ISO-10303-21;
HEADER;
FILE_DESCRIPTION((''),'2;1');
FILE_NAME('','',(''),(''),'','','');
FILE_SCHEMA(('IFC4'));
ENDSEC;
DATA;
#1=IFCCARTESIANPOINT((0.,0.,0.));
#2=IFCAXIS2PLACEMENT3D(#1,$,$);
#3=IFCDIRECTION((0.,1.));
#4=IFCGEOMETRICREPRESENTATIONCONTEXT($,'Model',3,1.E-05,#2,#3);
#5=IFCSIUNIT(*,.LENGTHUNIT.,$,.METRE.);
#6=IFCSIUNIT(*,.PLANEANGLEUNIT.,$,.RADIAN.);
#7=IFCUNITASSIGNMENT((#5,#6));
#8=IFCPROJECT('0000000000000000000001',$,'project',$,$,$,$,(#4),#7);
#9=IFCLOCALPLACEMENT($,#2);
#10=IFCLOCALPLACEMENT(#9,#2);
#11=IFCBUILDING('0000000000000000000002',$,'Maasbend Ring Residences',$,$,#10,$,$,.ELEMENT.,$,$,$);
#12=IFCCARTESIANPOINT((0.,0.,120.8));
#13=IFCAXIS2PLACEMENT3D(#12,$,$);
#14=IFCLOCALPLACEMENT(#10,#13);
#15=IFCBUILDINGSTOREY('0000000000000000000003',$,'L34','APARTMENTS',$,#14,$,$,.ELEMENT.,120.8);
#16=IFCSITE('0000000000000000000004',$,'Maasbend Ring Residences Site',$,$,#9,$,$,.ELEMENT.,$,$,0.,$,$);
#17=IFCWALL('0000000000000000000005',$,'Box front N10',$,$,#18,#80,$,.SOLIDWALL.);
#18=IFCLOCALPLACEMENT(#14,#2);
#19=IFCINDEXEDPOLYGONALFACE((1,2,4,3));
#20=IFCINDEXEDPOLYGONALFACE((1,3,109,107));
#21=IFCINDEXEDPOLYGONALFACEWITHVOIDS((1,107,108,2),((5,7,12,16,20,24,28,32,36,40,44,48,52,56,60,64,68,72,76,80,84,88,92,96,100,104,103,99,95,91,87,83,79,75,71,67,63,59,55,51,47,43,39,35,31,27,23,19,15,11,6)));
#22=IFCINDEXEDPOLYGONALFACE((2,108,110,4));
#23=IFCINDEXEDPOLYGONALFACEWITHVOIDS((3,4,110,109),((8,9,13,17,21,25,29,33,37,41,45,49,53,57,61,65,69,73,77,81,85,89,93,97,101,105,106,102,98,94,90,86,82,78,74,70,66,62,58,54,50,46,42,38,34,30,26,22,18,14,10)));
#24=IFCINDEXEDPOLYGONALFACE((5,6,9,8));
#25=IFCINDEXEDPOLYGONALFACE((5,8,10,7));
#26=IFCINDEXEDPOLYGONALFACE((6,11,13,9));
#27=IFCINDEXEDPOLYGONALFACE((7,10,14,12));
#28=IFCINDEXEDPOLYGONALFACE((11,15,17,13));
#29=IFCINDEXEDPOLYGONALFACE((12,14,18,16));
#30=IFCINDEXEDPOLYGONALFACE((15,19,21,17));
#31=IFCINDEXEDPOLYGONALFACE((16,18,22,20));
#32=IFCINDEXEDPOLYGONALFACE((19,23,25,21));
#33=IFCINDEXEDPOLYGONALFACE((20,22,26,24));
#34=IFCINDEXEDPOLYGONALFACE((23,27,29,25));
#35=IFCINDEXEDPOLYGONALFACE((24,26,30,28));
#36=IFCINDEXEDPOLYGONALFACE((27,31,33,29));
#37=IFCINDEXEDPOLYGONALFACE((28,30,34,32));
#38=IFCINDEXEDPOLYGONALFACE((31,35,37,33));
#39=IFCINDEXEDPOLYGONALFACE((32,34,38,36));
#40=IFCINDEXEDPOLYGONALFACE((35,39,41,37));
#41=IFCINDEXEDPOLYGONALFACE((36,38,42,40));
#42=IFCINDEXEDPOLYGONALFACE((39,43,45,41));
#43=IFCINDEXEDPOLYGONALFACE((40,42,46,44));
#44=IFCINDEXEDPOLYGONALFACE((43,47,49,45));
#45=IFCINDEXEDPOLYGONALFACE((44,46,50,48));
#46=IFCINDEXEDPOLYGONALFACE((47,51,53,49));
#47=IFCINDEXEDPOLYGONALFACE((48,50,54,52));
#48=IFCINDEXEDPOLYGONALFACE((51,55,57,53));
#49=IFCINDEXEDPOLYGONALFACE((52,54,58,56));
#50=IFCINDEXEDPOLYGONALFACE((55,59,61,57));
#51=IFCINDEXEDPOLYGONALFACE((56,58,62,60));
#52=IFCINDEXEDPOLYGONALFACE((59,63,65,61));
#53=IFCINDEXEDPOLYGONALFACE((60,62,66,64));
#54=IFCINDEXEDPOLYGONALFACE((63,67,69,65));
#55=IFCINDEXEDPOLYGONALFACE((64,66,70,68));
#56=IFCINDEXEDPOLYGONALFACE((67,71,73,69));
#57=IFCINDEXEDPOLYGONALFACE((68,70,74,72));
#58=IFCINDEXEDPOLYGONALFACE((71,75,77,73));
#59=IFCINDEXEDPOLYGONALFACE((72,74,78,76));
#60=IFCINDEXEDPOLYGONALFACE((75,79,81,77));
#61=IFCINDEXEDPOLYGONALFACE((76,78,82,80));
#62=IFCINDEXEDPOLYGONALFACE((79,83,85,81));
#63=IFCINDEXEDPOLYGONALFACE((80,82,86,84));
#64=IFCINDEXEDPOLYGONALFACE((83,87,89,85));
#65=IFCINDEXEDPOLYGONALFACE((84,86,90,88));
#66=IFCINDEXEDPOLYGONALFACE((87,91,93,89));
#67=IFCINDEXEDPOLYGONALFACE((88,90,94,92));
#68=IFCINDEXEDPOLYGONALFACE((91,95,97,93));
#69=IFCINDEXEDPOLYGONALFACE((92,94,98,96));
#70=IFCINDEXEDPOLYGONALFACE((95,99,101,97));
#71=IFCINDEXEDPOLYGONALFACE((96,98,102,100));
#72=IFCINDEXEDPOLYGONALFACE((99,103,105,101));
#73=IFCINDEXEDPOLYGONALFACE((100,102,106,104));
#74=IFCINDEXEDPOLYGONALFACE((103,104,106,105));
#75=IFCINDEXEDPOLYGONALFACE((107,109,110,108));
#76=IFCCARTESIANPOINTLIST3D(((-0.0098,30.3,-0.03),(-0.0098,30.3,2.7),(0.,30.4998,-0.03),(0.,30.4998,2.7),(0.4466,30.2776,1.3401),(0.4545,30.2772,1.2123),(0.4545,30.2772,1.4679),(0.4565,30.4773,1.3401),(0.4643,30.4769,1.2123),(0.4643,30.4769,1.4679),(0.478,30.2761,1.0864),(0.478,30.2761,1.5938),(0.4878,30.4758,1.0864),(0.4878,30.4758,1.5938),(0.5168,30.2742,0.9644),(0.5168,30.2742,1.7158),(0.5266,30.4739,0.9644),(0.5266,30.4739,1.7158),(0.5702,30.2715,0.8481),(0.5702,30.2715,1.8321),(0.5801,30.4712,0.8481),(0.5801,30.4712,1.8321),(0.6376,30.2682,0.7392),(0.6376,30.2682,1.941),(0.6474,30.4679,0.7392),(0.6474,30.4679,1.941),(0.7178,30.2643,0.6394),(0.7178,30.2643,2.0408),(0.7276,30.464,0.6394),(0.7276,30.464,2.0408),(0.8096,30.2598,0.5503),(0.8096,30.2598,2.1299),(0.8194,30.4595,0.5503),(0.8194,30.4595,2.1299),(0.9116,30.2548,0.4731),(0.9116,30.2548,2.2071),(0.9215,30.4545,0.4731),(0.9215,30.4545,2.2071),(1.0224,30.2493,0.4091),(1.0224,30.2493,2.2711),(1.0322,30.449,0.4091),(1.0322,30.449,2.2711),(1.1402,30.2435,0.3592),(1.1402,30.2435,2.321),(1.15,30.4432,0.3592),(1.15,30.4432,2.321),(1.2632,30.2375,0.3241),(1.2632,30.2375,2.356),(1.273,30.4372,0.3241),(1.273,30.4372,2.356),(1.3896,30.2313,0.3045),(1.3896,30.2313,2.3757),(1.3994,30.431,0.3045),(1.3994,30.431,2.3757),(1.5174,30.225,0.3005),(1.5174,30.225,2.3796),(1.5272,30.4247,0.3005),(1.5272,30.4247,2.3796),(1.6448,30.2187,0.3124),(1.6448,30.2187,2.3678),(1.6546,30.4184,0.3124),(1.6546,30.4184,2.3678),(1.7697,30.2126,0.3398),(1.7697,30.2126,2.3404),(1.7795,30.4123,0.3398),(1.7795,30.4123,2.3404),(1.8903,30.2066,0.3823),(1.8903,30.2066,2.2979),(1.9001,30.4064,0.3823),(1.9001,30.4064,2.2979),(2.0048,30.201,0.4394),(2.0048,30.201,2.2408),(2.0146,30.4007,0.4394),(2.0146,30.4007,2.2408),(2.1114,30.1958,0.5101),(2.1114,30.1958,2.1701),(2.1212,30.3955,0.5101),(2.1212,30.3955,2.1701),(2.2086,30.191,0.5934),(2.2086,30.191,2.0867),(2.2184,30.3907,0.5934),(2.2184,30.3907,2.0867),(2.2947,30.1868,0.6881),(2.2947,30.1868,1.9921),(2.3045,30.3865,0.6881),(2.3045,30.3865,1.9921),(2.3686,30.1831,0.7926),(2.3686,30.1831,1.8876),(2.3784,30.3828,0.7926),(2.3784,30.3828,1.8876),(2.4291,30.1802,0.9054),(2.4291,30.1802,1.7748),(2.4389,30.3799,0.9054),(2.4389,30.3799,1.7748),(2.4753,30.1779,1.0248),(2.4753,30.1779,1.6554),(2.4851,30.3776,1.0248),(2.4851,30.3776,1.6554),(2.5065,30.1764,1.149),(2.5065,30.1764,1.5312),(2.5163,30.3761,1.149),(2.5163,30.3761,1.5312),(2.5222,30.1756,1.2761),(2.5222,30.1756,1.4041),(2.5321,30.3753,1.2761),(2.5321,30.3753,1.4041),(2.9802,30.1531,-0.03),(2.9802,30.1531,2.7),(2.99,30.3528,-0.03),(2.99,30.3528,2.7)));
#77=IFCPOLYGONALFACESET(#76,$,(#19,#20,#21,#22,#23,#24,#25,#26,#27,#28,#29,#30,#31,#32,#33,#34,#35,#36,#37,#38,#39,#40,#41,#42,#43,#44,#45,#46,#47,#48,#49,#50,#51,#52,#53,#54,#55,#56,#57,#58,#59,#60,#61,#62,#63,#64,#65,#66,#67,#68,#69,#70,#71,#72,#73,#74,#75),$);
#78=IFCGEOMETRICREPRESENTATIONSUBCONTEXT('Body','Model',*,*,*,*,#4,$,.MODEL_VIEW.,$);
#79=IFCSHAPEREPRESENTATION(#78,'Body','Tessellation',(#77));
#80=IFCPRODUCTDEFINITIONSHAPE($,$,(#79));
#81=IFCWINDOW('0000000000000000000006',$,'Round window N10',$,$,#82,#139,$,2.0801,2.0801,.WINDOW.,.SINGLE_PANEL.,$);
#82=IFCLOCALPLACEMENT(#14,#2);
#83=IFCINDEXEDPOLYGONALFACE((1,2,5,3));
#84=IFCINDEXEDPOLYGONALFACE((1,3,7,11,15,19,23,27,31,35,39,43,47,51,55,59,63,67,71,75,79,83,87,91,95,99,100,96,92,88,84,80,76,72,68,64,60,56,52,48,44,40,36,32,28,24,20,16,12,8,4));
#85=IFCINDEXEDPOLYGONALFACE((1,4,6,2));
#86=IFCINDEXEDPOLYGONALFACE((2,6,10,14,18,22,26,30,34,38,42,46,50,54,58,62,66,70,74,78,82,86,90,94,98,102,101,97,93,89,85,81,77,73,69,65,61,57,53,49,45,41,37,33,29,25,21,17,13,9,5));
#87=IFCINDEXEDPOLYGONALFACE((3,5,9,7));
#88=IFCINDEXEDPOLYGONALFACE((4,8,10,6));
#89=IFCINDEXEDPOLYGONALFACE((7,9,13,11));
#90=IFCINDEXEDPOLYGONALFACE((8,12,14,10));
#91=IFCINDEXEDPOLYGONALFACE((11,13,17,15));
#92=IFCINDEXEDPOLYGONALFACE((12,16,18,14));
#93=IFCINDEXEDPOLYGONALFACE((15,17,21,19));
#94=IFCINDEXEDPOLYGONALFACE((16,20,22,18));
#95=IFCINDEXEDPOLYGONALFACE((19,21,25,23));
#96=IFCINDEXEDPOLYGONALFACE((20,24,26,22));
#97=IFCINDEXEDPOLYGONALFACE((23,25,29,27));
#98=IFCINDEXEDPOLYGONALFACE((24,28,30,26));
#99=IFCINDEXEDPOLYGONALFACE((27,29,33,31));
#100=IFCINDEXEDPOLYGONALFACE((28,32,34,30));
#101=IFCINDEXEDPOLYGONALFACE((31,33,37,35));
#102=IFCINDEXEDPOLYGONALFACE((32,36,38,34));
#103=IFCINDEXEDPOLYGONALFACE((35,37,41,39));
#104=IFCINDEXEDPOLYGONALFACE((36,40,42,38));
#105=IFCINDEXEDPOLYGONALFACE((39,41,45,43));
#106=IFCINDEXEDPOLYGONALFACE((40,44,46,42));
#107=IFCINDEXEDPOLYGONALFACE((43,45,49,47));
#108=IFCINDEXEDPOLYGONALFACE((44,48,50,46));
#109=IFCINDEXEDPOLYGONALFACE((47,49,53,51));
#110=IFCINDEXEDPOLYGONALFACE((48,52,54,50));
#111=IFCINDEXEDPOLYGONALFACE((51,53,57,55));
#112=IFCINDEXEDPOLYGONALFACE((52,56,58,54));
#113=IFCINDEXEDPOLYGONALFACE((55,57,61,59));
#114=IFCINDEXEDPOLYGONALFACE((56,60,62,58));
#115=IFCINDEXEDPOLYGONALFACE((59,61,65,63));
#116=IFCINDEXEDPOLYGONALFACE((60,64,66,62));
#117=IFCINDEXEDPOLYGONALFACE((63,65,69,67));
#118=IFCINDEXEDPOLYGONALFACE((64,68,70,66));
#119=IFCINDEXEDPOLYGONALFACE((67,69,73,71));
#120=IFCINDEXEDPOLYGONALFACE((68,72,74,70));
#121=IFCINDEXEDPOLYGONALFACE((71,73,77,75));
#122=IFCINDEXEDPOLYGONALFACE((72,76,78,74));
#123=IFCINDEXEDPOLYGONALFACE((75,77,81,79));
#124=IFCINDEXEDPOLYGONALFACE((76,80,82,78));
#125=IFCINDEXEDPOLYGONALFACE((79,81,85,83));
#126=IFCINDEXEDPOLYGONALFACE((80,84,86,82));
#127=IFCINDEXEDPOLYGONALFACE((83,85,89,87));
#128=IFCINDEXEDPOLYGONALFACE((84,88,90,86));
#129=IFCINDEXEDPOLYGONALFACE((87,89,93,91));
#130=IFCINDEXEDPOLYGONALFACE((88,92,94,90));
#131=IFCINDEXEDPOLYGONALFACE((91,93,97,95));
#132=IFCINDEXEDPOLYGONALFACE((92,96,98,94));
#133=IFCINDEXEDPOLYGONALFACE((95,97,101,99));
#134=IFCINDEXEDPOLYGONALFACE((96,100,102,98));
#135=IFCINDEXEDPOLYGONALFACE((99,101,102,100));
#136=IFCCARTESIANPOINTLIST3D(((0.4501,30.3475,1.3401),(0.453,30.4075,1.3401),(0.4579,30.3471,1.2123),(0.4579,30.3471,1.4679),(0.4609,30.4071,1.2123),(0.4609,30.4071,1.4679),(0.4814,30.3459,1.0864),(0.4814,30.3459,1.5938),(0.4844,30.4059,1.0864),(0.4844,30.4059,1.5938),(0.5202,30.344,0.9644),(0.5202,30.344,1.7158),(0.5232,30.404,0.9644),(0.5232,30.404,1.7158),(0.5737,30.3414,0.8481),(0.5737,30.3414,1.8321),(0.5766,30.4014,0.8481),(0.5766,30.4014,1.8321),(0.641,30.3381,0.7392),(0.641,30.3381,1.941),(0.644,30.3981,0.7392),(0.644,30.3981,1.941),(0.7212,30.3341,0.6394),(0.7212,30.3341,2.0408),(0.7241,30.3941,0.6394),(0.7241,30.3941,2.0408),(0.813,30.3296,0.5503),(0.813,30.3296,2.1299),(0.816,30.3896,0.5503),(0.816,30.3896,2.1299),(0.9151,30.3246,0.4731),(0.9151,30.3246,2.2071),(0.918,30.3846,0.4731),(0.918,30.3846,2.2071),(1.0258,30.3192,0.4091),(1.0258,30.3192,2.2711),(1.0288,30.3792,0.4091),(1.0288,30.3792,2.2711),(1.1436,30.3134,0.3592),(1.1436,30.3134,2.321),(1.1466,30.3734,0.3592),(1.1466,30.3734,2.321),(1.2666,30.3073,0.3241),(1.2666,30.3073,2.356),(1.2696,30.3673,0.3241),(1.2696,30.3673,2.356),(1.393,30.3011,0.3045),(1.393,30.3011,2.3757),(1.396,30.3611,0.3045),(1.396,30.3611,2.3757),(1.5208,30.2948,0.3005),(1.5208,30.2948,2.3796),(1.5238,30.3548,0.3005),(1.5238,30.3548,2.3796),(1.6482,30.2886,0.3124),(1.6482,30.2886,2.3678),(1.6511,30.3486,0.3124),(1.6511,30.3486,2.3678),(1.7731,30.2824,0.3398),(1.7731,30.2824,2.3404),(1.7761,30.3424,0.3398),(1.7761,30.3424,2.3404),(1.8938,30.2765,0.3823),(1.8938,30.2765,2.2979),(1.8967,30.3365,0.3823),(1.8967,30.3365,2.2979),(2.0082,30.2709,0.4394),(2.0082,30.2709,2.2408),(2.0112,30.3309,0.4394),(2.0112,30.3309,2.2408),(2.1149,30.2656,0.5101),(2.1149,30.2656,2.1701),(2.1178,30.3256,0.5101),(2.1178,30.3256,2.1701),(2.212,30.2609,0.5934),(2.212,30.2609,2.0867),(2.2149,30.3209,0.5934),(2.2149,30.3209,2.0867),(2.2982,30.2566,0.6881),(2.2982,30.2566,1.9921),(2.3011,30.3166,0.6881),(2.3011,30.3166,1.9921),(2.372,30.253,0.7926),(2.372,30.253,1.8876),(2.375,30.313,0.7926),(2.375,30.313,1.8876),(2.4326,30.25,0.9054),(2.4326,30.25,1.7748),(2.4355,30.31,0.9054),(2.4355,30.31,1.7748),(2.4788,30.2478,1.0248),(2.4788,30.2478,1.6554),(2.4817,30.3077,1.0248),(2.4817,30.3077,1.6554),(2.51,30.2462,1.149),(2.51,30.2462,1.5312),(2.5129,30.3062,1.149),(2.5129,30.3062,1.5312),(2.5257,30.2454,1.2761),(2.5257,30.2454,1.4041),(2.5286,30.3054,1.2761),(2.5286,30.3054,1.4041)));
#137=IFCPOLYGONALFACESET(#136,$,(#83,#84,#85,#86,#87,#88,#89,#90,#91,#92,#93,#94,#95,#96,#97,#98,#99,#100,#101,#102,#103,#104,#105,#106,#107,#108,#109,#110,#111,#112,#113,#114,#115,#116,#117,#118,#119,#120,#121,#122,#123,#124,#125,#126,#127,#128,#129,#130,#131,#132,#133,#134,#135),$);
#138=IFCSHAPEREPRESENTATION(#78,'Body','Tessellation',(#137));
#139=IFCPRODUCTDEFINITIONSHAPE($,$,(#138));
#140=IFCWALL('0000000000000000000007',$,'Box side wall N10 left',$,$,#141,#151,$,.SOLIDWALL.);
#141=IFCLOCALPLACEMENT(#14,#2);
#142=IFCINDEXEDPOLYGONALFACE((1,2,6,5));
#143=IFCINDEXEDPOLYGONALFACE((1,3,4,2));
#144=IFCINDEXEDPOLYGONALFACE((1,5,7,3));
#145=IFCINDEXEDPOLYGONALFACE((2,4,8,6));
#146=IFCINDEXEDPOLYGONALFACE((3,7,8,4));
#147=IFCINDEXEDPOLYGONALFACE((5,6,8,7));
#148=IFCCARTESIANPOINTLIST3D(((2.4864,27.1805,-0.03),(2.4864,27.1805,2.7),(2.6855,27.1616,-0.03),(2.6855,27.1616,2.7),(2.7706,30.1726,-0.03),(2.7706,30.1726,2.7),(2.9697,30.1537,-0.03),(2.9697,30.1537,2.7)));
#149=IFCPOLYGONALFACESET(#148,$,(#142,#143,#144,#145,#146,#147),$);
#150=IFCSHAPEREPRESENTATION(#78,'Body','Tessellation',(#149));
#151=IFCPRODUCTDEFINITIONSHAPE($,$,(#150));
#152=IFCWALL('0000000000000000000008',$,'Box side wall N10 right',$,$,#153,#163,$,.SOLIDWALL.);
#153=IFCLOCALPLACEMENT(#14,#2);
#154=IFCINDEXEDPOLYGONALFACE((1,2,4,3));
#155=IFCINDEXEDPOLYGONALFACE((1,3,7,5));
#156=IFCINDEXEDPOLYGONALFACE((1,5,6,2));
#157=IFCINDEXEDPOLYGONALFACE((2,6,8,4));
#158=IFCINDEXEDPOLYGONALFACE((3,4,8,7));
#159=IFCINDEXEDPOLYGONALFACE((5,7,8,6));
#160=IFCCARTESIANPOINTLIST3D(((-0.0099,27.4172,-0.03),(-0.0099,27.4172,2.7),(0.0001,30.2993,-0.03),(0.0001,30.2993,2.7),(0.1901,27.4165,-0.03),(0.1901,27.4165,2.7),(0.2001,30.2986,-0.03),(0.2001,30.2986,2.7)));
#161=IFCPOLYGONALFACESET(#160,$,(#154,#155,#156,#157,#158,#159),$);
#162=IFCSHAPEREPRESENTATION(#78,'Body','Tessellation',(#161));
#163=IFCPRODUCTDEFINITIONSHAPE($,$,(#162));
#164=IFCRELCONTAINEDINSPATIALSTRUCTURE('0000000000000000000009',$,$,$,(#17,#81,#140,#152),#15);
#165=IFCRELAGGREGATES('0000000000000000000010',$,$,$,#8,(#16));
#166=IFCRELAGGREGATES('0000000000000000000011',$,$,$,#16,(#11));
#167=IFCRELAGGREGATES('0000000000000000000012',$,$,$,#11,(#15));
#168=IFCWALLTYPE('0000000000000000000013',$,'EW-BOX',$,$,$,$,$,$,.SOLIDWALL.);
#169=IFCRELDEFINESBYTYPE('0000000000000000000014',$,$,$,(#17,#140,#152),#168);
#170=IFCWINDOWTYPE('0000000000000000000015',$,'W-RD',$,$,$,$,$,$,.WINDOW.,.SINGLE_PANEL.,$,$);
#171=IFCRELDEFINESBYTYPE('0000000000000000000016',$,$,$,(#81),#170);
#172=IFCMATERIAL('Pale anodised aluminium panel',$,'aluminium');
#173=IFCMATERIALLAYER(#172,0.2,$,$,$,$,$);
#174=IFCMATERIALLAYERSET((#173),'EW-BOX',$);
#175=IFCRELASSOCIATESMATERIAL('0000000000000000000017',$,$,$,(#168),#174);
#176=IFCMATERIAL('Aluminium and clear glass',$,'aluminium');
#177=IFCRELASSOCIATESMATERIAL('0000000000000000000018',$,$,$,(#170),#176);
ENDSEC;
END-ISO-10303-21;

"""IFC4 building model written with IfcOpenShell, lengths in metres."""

from ifc_helpers import new_model, si_unit, direction, frame, frame_2d, origin, place, context, subcontext, project, spatial, rectangle, circle, extrude, material, layer, layer_set, type_object, element, fill, save


model = new_model("IFC4")

# Units and contexts
model_context = context("Model", 3, precision=1e-05, world=origin(), true_north=direction((0.0, 1.0)))
body_context = subcontext(model_context, "Body", "Model", "MODEL_VIEW")
ifc_project = project(units=[si_unit("LENGTHUNIT", "METRE"), si_unit("PLANEANGLEUNIT", "RADIAN")], contexts=[model_context])

# Site, building, storey
site_placement = place(None, origin())
site = spatial("IfcSite", under=ifc_project, at=site_placement, Name="Maasbend Ring Residences Site", CompositionType="ELEMENT", RefElevation=0.0)
building_placement = place(site_placement, origin())
building = spatial("IfcBuilding", under=site, at=building_placement, Name="Maasbend Ring Residences", CompositionType="ELEMENT")
storey_placement = place(building_placement, frame((0.0, 0.0, 120.8)))
storey = spatial("IfcBuildingStorey", under=building, at=storey_placement, Name="L34", Description="APARTMENTS", CompositionType="ELEMENT", Elevation=120.8)

# Shared definitions
ifc_material_1 = material(Name="Pale anodised aluminium panel", Category="aluminium")
ifc_layer_1 = layer(ifc_material_1, 0.2)
ifc_layer_set_1 = layer_set([ifc_layer_1], Name="EW-BOX")
wall_type_1 = type_object("IfcWallType", Name="EW-BOX", PredefinedType="SOLIDWALL", material=ifc_layer_set_1)
ifc_material_2 = material(Name="Aluminium and clear glass", Category="aluminium")
window_type_1 = type_object("IfcWindowType", Name="W-RD", PartitioningType="SINGLE_PANEL", PredefinedType="WINDOW", material=ifc_material_2)

# Wall, opening, window
wall_1_placement = place(storey_placement, frame((2.9851, 30.2529, -0.03), z_axis=(0.0, 0.0, 1.0), x_axis=(-0.998794, 0.049096, 0.0)))
wall_1 = element("IfcWall", 1, at=wall_1_placement, inside=storey, type_object=wall_type_1, Name="Box front N10", PredefinedType="SOLIDWALL", context=body_context, shape_type="SweptSolid", body=[
    extrude(rectangle(XDim=2.9937, YDim=0.2, at=frame_2d((1.4968, 0.0))), origin(), (0.0, 0.0, 1.0), 2.73),
])
opening_1_placement = place(wall_1_placement, frame((0.4565, 0.0, 0.3301)))
opening_1 = element("IfcOpeningElement", 2, at=opening_1_placement, cuts=wall_1, PredefinedType="OPENING", context=body_context, shape_type="SweptSolid", body=[
    extrude(circle(Radius=1.04, at=frame_2d((1.04, 1.04))), frame((0.0, 0.1099, 0.0), z_axis=(0.0, -1.0, 0.0), x_axis=(1.0, 0.0, 0.0)), (0.0, 0.0, 1.0), 0.22),
])
window_1_placement = place(opening_1_placement, origin())
window_1 = element("IfcWindow", 3, at=window_1_placement, inside=storey, type_object=window_type_1, Name="Round window N10", OverallHeight=2.0801, OverallWidth=2.0801, PartitioningType="SINGLE_PANEL", PredefinedType="WINDOW", context=body_context, shape_type="SweptSolid", body=[
    extrude(circle(Radius=1.04, at=frame_2d((1.04, 1.04))), frame((0.0, 0.03, 0.0), z_axis=(0.0, -1.0, 0.0), x_axis=(1.0, 0.0, 0.0)), (0.0, 0.0, 1.0), 0.0601),
])
fill(opening_1, window_1)

# Walls
wall_2_placement = place(storey_placement, frame((2.5859, 27.1709, -0.03), z_axis=(0.0, 0.0, 1.0), x_axis=(0.094548, 0.99552, 0.0)))
element("IfcWall", 4, at=wall_2_placement, inside=storey, type_object=wall_type_1, Name="Box side wall N10 left", PredefinedType="SOLIDWALL", context=body_context, shape_type="SweptSolid", body=[
    extrude(rectangle(XDim=3.0056, YDim=0.2, at=frame_2d((1.5029, 0.0))), origin(), (0.0, 0.0, 1.0), 2.73),
])
wall_3_placement = place(storey_placement, frame((0.0901, 27.417, -0.03), z_axis=(0.0, 0.0, 1.0), x_axis=(0.003473, 0.999994, 0.0)))
element("IfcWall", 5, at=wall_3_placement, inside=storey, type_object=wall_type_1, Name="Box side wall N10 right", PredefinedType="SOLIDWALL", context=body_context, shape_type="SweptSolid", body=[
    extrude(rectangle(XDim=2.8821, YDim=0.2, at=frame_2d((1.4409, 0.0))), origin(), (0.0, 0.0, 1.0), 2.73),
])

save(model, "model.ifc")
